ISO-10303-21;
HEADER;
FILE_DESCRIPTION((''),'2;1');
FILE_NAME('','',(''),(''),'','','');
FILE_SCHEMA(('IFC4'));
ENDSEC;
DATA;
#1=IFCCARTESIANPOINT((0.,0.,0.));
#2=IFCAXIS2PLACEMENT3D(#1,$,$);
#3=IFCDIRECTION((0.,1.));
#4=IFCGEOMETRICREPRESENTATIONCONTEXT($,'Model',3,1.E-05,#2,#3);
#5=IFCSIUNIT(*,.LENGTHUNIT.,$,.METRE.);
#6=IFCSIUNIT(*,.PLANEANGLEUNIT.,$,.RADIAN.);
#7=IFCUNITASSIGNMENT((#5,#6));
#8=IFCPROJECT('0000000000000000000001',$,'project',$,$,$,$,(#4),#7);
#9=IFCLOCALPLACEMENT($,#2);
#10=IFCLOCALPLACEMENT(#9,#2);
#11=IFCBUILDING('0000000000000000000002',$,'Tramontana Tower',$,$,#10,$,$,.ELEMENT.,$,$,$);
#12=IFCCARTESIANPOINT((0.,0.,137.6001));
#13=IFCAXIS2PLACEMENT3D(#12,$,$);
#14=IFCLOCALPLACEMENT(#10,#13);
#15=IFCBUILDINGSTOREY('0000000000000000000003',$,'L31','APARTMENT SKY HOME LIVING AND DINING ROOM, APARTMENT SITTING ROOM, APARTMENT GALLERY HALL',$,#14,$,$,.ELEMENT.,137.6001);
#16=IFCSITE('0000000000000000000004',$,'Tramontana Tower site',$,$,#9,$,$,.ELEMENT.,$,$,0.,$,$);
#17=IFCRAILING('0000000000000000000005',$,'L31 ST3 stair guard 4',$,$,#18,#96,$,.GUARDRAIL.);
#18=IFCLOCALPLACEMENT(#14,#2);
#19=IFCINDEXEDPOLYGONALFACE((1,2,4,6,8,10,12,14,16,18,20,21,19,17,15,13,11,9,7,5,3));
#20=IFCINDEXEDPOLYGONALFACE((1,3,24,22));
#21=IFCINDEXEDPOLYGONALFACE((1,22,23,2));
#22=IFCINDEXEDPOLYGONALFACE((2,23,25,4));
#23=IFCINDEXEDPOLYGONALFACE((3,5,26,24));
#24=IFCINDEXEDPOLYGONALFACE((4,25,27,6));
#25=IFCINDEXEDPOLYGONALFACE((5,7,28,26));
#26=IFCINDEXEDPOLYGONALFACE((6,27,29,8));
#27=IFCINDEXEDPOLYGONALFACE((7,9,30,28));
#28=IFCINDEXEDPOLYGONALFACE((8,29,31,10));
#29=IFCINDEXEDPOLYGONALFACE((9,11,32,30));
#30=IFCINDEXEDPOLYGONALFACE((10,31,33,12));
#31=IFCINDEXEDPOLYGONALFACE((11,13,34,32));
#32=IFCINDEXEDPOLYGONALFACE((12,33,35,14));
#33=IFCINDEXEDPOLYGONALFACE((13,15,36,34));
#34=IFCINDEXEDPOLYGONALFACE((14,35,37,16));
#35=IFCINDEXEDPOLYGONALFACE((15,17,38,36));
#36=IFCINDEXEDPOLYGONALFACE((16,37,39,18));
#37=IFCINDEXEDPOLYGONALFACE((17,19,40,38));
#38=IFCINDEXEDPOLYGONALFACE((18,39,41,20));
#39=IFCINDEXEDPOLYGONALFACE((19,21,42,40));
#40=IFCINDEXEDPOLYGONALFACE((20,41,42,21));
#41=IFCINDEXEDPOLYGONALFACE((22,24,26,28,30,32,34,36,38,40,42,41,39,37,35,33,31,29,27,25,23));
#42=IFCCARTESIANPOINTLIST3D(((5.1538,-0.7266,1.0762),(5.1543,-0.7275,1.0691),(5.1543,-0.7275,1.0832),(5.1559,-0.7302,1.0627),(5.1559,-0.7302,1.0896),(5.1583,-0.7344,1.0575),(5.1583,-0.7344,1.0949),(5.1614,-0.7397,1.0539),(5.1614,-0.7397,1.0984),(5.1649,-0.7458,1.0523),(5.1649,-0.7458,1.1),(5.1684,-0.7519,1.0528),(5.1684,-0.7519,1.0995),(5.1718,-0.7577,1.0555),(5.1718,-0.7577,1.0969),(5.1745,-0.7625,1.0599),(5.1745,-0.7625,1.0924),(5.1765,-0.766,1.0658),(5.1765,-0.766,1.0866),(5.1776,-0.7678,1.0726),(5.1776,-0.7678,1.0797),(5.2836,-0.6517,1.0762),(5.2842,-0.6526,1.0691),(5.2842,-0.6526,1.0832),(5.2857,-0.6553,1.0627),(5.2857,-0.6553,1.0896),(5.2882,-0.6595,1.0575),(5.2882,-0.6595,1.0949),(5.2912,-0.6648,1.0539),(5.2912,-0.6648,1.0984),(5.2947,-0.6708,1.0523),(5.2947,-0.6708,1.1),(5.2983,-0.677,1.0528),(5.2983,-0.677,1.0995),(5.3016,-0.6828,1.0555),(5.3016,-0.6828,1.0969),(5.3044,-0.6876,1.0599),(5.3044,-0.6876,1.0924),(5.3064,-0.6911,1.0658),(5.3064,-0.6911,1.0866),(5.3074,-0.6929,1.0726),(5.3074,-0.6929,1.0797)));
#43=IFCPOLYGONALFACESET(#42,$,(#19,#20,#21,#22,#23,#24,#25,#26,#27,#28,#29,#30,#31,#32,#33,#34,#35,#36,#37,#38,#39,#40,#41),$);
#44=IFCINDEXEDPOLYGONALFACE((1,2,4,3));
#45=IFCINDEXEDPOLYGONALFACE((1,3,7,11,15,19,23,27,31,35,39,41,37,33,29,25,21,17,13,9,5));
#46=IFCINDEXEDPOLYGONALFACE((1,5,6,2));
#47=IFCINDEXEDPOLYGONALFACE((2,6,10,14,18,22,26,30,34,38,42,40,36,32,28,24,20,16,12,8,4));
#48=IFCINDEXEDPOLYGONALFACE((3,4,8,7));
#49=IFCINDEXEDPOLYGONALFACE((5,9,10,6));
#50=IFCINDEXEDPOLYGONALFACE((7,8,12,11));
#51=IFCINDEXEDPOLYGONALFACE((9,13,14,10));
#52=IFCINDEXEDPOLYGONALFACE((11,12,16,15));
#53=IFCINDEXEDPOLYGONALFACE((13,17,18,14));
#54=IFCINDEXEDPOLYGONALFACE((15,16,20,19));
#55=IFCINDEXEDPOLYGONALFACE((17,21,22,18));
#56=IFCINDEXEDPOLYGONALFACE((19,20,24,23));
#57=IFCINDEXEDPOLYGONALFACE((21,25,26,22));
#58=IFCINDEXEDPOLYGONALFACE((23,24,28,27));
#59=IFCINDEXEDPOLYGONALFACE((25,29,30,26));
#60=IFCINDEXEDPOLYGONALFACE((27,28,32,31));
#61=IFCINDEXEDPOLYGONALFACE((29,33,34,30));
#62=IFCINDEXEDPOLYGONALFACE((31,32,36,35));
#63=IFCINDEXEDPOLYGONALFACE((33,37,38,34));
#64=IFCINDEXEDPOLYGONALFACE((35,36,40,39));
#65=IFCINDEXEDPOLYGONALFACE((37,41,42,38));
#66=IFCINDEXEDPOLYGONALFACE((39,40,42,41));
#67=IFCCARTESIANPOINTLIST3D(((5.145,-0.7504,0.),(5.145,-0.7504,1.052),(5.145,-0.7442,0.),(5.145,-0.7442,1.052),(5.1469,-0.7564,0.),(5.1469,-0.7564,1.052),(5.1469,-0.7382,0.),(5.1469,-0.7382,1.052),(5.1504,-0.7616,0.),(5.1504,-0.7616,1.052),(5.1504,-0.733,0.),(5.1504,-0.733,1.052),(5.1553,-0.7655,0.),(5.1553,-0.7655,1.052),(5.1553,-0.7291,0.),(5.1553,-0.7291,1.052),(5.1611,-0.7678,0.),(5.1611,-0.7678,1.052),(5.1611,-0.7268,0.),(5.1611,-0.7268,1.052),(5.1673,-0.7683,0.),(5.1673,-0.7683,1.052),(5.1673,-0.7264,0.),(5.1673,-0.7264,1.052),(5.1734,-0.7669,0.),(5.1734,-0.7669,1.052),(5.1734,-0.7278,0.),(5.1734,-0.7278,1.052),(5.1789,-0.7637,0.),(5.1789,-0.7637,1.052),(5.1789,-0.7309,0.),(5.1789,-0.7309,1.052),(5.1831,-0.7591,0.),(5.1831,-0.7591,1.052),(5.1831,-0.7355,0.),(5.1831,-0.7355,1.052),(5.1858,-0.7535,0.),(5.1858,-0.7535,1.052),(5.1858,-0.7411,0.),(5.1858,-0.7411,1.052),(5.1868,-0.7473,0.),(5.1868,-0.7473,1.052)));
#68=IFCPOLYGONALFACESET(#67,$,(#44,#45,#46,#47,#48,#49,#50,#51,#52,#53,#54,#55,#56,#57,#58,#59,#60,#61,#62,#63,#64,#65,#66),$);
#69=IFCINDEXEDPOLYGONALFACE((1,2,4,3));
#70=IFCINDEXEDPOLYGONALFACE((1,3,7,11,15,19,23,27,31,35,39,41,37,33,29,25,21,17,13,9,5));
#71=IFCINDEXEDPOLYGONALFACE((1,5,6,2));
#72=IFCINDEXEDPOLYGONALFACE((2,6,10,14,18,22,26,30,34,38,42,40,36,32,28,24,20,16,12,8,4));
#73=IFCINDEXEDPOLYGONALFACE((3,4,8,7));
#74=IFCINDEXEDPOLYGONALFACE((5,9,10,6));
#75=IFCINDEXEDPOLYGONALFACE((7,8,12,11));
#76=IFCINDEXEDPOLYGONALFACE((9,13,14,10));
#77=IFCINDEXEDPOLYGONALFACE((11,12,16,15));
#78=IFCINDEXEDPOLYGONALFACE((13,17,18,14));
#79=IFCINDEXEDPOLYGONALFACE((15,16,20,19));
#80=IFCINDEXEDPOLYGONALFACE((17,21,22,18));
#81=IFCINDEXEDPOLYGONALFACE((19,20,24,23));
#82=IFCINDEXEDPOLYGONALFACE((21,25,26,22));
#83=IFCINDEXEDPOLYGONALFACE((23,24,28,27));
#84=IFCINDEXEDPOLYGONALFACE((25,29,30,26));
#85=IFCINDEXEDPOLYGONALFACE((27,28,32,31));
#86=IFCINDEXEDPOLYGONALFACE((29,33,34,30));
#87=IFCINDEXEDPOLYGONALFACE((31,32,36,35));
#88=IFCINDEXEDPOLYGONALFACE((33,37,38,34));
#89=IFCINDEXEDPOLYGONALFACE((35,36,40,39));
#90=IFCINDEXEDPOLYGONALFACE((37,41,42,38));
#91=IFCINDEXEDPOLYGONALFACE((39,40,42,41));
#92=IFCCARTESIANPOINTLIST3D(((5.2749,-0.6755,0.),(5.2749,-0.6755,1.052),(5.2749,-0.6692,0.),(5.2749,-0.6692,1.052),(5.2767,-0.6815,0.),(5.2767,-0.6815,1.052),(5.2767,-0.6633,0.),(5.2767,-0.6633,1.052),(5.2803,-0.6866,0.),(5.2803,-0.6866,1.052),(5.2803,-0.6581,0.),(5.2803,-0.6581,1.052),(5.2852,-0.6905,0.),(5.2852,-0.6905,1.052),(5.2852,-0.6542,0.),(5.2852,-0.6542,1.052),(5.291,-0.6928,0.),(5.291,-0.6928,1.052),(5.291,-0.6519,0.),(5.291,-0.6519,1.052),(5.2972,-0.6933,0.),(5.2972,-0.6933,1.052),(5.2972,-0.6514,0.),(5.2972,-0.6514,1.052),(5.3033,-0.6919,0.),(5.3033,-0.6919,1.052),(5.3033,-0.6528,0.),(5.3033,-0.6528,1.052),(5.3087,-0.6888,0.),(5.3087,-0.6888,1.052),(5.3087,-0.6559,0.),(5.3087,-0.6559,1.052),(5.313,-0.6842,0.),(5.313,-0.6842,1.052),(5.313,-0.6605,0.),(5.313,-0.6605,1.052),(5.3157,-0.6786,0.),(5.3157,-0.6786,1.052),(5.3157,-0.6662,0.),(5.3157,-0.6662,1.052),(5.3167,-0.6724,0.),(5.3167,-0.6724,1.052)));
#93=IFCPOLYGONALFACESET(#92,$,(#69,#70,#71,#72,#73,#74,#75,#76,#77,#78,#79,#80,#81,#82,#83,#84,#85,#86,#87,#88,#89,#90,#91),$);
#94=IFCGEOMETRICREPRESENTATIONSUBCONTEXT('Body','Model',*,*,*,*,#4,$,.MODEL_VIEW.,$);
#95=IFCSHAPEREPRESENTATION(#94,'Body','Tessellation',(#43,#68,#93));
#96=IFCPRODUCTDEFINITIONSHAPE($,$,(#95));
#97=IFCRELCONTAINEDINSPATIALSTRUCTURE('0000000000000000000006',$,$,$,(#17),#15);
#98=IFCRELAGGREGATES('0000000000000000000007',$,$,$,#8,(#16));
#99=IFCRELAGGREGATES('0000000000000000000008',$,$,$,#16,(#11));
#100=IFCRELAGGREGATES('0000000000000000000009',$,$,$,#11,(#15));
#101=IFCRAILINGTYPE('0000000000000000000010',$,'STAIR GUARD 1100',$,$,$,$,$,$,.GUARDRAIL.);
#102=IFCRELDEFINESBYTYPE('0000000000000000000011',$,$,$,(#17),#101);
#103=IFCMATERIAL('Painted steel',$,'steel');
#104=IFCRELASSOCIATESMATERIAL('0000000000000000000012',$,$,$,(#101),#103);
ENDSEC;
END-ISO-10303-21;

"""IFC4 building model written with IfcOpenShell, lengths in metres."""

from ifc_helpers import new_model, si_unit, direction, frame, origin, origin_2d, place, context, subcontext, project, spatial, circle, extrude, material, type_object, element, save


model = new_model("IFC4")

# Units and contexts
model_context = context("Model", 3, precision=1e-05, world=origin(), true_north=direction((0.0, 1.0)))
body_context = subcontext(model_context, "Body", "Model", "MODEL_VIEW")
ifc_project = project(units=[si_unit("LENGTHUNIT", "METRE"), si_unit("PLANEANGLEUNIT", "RADIAN")], contexts=[model_context])

# Site, building, storey
site_placement = place(None, origin())
site = spatial("IfcSite", under=ifc_project, at=site_placement, Name="Tramontana Tower site", CompositionType="ELEMENT", RefElevation=0.0)
building_placement = place(site_placement, origin())
building = spatial("IfcBuilding", under=site, at=building_placement, Name="Tramontana Tower", CompositionType="ELEMENT")
storey_placement = place(building_placement, frame((0.0, 0.0, 137.6001)))
storey = spatial("IfcBuildingStorey", under=building, at=storey_placement, Name="L31", Description="APARTMENT SKY HOME LIVING AND DINING ROOM, APARTMENT SITTING ROOM, APARTMENT GALLERY HALL", CompositionType="ELEMENT", Elevation=137.6001)

# Railing
ifc_material_1 = material(Name="Painted steel", Category="steel")
railing_type = type_object("IfcRailingType", Name="STAIR GUARD 1100", PredefinedType="GUARDRAIL", material=ifc_material_1)
railing_1_placement = place(storey_placement, frame((5.1658, -0.7473, 0.0)))
element("IfcRailing", 1, at=railing_1_placement, inside=storey, type_object=railing_type, Name="L31 ST3 stair guard 4", PredefinedType="GUARDRAIL", context=body_context, shape_type="SweptSolid", body=[
    extrude(circle(Radius=0.0239, at=origin_2d()), frame((0.0, 0.0, 1.0762), z_axis=(0.866131, 0.499816, 0.0), x_axis=(-0.499816, 0.866131, 0.0)), (0.0, 0.0, 1.0), 0.1499),
    extrude(circle(Radius=0.021, at=origin_2d()), origin(), (0.0, 0.0, 1.0), 1.052),
    extrude(circle(Radius=0.021, at=origin_2d()), frame((0.1299, 0.075, 0.0)), (0.0, 0.0, 1.0), 1.052),
])

save(model, "model.ifc")
